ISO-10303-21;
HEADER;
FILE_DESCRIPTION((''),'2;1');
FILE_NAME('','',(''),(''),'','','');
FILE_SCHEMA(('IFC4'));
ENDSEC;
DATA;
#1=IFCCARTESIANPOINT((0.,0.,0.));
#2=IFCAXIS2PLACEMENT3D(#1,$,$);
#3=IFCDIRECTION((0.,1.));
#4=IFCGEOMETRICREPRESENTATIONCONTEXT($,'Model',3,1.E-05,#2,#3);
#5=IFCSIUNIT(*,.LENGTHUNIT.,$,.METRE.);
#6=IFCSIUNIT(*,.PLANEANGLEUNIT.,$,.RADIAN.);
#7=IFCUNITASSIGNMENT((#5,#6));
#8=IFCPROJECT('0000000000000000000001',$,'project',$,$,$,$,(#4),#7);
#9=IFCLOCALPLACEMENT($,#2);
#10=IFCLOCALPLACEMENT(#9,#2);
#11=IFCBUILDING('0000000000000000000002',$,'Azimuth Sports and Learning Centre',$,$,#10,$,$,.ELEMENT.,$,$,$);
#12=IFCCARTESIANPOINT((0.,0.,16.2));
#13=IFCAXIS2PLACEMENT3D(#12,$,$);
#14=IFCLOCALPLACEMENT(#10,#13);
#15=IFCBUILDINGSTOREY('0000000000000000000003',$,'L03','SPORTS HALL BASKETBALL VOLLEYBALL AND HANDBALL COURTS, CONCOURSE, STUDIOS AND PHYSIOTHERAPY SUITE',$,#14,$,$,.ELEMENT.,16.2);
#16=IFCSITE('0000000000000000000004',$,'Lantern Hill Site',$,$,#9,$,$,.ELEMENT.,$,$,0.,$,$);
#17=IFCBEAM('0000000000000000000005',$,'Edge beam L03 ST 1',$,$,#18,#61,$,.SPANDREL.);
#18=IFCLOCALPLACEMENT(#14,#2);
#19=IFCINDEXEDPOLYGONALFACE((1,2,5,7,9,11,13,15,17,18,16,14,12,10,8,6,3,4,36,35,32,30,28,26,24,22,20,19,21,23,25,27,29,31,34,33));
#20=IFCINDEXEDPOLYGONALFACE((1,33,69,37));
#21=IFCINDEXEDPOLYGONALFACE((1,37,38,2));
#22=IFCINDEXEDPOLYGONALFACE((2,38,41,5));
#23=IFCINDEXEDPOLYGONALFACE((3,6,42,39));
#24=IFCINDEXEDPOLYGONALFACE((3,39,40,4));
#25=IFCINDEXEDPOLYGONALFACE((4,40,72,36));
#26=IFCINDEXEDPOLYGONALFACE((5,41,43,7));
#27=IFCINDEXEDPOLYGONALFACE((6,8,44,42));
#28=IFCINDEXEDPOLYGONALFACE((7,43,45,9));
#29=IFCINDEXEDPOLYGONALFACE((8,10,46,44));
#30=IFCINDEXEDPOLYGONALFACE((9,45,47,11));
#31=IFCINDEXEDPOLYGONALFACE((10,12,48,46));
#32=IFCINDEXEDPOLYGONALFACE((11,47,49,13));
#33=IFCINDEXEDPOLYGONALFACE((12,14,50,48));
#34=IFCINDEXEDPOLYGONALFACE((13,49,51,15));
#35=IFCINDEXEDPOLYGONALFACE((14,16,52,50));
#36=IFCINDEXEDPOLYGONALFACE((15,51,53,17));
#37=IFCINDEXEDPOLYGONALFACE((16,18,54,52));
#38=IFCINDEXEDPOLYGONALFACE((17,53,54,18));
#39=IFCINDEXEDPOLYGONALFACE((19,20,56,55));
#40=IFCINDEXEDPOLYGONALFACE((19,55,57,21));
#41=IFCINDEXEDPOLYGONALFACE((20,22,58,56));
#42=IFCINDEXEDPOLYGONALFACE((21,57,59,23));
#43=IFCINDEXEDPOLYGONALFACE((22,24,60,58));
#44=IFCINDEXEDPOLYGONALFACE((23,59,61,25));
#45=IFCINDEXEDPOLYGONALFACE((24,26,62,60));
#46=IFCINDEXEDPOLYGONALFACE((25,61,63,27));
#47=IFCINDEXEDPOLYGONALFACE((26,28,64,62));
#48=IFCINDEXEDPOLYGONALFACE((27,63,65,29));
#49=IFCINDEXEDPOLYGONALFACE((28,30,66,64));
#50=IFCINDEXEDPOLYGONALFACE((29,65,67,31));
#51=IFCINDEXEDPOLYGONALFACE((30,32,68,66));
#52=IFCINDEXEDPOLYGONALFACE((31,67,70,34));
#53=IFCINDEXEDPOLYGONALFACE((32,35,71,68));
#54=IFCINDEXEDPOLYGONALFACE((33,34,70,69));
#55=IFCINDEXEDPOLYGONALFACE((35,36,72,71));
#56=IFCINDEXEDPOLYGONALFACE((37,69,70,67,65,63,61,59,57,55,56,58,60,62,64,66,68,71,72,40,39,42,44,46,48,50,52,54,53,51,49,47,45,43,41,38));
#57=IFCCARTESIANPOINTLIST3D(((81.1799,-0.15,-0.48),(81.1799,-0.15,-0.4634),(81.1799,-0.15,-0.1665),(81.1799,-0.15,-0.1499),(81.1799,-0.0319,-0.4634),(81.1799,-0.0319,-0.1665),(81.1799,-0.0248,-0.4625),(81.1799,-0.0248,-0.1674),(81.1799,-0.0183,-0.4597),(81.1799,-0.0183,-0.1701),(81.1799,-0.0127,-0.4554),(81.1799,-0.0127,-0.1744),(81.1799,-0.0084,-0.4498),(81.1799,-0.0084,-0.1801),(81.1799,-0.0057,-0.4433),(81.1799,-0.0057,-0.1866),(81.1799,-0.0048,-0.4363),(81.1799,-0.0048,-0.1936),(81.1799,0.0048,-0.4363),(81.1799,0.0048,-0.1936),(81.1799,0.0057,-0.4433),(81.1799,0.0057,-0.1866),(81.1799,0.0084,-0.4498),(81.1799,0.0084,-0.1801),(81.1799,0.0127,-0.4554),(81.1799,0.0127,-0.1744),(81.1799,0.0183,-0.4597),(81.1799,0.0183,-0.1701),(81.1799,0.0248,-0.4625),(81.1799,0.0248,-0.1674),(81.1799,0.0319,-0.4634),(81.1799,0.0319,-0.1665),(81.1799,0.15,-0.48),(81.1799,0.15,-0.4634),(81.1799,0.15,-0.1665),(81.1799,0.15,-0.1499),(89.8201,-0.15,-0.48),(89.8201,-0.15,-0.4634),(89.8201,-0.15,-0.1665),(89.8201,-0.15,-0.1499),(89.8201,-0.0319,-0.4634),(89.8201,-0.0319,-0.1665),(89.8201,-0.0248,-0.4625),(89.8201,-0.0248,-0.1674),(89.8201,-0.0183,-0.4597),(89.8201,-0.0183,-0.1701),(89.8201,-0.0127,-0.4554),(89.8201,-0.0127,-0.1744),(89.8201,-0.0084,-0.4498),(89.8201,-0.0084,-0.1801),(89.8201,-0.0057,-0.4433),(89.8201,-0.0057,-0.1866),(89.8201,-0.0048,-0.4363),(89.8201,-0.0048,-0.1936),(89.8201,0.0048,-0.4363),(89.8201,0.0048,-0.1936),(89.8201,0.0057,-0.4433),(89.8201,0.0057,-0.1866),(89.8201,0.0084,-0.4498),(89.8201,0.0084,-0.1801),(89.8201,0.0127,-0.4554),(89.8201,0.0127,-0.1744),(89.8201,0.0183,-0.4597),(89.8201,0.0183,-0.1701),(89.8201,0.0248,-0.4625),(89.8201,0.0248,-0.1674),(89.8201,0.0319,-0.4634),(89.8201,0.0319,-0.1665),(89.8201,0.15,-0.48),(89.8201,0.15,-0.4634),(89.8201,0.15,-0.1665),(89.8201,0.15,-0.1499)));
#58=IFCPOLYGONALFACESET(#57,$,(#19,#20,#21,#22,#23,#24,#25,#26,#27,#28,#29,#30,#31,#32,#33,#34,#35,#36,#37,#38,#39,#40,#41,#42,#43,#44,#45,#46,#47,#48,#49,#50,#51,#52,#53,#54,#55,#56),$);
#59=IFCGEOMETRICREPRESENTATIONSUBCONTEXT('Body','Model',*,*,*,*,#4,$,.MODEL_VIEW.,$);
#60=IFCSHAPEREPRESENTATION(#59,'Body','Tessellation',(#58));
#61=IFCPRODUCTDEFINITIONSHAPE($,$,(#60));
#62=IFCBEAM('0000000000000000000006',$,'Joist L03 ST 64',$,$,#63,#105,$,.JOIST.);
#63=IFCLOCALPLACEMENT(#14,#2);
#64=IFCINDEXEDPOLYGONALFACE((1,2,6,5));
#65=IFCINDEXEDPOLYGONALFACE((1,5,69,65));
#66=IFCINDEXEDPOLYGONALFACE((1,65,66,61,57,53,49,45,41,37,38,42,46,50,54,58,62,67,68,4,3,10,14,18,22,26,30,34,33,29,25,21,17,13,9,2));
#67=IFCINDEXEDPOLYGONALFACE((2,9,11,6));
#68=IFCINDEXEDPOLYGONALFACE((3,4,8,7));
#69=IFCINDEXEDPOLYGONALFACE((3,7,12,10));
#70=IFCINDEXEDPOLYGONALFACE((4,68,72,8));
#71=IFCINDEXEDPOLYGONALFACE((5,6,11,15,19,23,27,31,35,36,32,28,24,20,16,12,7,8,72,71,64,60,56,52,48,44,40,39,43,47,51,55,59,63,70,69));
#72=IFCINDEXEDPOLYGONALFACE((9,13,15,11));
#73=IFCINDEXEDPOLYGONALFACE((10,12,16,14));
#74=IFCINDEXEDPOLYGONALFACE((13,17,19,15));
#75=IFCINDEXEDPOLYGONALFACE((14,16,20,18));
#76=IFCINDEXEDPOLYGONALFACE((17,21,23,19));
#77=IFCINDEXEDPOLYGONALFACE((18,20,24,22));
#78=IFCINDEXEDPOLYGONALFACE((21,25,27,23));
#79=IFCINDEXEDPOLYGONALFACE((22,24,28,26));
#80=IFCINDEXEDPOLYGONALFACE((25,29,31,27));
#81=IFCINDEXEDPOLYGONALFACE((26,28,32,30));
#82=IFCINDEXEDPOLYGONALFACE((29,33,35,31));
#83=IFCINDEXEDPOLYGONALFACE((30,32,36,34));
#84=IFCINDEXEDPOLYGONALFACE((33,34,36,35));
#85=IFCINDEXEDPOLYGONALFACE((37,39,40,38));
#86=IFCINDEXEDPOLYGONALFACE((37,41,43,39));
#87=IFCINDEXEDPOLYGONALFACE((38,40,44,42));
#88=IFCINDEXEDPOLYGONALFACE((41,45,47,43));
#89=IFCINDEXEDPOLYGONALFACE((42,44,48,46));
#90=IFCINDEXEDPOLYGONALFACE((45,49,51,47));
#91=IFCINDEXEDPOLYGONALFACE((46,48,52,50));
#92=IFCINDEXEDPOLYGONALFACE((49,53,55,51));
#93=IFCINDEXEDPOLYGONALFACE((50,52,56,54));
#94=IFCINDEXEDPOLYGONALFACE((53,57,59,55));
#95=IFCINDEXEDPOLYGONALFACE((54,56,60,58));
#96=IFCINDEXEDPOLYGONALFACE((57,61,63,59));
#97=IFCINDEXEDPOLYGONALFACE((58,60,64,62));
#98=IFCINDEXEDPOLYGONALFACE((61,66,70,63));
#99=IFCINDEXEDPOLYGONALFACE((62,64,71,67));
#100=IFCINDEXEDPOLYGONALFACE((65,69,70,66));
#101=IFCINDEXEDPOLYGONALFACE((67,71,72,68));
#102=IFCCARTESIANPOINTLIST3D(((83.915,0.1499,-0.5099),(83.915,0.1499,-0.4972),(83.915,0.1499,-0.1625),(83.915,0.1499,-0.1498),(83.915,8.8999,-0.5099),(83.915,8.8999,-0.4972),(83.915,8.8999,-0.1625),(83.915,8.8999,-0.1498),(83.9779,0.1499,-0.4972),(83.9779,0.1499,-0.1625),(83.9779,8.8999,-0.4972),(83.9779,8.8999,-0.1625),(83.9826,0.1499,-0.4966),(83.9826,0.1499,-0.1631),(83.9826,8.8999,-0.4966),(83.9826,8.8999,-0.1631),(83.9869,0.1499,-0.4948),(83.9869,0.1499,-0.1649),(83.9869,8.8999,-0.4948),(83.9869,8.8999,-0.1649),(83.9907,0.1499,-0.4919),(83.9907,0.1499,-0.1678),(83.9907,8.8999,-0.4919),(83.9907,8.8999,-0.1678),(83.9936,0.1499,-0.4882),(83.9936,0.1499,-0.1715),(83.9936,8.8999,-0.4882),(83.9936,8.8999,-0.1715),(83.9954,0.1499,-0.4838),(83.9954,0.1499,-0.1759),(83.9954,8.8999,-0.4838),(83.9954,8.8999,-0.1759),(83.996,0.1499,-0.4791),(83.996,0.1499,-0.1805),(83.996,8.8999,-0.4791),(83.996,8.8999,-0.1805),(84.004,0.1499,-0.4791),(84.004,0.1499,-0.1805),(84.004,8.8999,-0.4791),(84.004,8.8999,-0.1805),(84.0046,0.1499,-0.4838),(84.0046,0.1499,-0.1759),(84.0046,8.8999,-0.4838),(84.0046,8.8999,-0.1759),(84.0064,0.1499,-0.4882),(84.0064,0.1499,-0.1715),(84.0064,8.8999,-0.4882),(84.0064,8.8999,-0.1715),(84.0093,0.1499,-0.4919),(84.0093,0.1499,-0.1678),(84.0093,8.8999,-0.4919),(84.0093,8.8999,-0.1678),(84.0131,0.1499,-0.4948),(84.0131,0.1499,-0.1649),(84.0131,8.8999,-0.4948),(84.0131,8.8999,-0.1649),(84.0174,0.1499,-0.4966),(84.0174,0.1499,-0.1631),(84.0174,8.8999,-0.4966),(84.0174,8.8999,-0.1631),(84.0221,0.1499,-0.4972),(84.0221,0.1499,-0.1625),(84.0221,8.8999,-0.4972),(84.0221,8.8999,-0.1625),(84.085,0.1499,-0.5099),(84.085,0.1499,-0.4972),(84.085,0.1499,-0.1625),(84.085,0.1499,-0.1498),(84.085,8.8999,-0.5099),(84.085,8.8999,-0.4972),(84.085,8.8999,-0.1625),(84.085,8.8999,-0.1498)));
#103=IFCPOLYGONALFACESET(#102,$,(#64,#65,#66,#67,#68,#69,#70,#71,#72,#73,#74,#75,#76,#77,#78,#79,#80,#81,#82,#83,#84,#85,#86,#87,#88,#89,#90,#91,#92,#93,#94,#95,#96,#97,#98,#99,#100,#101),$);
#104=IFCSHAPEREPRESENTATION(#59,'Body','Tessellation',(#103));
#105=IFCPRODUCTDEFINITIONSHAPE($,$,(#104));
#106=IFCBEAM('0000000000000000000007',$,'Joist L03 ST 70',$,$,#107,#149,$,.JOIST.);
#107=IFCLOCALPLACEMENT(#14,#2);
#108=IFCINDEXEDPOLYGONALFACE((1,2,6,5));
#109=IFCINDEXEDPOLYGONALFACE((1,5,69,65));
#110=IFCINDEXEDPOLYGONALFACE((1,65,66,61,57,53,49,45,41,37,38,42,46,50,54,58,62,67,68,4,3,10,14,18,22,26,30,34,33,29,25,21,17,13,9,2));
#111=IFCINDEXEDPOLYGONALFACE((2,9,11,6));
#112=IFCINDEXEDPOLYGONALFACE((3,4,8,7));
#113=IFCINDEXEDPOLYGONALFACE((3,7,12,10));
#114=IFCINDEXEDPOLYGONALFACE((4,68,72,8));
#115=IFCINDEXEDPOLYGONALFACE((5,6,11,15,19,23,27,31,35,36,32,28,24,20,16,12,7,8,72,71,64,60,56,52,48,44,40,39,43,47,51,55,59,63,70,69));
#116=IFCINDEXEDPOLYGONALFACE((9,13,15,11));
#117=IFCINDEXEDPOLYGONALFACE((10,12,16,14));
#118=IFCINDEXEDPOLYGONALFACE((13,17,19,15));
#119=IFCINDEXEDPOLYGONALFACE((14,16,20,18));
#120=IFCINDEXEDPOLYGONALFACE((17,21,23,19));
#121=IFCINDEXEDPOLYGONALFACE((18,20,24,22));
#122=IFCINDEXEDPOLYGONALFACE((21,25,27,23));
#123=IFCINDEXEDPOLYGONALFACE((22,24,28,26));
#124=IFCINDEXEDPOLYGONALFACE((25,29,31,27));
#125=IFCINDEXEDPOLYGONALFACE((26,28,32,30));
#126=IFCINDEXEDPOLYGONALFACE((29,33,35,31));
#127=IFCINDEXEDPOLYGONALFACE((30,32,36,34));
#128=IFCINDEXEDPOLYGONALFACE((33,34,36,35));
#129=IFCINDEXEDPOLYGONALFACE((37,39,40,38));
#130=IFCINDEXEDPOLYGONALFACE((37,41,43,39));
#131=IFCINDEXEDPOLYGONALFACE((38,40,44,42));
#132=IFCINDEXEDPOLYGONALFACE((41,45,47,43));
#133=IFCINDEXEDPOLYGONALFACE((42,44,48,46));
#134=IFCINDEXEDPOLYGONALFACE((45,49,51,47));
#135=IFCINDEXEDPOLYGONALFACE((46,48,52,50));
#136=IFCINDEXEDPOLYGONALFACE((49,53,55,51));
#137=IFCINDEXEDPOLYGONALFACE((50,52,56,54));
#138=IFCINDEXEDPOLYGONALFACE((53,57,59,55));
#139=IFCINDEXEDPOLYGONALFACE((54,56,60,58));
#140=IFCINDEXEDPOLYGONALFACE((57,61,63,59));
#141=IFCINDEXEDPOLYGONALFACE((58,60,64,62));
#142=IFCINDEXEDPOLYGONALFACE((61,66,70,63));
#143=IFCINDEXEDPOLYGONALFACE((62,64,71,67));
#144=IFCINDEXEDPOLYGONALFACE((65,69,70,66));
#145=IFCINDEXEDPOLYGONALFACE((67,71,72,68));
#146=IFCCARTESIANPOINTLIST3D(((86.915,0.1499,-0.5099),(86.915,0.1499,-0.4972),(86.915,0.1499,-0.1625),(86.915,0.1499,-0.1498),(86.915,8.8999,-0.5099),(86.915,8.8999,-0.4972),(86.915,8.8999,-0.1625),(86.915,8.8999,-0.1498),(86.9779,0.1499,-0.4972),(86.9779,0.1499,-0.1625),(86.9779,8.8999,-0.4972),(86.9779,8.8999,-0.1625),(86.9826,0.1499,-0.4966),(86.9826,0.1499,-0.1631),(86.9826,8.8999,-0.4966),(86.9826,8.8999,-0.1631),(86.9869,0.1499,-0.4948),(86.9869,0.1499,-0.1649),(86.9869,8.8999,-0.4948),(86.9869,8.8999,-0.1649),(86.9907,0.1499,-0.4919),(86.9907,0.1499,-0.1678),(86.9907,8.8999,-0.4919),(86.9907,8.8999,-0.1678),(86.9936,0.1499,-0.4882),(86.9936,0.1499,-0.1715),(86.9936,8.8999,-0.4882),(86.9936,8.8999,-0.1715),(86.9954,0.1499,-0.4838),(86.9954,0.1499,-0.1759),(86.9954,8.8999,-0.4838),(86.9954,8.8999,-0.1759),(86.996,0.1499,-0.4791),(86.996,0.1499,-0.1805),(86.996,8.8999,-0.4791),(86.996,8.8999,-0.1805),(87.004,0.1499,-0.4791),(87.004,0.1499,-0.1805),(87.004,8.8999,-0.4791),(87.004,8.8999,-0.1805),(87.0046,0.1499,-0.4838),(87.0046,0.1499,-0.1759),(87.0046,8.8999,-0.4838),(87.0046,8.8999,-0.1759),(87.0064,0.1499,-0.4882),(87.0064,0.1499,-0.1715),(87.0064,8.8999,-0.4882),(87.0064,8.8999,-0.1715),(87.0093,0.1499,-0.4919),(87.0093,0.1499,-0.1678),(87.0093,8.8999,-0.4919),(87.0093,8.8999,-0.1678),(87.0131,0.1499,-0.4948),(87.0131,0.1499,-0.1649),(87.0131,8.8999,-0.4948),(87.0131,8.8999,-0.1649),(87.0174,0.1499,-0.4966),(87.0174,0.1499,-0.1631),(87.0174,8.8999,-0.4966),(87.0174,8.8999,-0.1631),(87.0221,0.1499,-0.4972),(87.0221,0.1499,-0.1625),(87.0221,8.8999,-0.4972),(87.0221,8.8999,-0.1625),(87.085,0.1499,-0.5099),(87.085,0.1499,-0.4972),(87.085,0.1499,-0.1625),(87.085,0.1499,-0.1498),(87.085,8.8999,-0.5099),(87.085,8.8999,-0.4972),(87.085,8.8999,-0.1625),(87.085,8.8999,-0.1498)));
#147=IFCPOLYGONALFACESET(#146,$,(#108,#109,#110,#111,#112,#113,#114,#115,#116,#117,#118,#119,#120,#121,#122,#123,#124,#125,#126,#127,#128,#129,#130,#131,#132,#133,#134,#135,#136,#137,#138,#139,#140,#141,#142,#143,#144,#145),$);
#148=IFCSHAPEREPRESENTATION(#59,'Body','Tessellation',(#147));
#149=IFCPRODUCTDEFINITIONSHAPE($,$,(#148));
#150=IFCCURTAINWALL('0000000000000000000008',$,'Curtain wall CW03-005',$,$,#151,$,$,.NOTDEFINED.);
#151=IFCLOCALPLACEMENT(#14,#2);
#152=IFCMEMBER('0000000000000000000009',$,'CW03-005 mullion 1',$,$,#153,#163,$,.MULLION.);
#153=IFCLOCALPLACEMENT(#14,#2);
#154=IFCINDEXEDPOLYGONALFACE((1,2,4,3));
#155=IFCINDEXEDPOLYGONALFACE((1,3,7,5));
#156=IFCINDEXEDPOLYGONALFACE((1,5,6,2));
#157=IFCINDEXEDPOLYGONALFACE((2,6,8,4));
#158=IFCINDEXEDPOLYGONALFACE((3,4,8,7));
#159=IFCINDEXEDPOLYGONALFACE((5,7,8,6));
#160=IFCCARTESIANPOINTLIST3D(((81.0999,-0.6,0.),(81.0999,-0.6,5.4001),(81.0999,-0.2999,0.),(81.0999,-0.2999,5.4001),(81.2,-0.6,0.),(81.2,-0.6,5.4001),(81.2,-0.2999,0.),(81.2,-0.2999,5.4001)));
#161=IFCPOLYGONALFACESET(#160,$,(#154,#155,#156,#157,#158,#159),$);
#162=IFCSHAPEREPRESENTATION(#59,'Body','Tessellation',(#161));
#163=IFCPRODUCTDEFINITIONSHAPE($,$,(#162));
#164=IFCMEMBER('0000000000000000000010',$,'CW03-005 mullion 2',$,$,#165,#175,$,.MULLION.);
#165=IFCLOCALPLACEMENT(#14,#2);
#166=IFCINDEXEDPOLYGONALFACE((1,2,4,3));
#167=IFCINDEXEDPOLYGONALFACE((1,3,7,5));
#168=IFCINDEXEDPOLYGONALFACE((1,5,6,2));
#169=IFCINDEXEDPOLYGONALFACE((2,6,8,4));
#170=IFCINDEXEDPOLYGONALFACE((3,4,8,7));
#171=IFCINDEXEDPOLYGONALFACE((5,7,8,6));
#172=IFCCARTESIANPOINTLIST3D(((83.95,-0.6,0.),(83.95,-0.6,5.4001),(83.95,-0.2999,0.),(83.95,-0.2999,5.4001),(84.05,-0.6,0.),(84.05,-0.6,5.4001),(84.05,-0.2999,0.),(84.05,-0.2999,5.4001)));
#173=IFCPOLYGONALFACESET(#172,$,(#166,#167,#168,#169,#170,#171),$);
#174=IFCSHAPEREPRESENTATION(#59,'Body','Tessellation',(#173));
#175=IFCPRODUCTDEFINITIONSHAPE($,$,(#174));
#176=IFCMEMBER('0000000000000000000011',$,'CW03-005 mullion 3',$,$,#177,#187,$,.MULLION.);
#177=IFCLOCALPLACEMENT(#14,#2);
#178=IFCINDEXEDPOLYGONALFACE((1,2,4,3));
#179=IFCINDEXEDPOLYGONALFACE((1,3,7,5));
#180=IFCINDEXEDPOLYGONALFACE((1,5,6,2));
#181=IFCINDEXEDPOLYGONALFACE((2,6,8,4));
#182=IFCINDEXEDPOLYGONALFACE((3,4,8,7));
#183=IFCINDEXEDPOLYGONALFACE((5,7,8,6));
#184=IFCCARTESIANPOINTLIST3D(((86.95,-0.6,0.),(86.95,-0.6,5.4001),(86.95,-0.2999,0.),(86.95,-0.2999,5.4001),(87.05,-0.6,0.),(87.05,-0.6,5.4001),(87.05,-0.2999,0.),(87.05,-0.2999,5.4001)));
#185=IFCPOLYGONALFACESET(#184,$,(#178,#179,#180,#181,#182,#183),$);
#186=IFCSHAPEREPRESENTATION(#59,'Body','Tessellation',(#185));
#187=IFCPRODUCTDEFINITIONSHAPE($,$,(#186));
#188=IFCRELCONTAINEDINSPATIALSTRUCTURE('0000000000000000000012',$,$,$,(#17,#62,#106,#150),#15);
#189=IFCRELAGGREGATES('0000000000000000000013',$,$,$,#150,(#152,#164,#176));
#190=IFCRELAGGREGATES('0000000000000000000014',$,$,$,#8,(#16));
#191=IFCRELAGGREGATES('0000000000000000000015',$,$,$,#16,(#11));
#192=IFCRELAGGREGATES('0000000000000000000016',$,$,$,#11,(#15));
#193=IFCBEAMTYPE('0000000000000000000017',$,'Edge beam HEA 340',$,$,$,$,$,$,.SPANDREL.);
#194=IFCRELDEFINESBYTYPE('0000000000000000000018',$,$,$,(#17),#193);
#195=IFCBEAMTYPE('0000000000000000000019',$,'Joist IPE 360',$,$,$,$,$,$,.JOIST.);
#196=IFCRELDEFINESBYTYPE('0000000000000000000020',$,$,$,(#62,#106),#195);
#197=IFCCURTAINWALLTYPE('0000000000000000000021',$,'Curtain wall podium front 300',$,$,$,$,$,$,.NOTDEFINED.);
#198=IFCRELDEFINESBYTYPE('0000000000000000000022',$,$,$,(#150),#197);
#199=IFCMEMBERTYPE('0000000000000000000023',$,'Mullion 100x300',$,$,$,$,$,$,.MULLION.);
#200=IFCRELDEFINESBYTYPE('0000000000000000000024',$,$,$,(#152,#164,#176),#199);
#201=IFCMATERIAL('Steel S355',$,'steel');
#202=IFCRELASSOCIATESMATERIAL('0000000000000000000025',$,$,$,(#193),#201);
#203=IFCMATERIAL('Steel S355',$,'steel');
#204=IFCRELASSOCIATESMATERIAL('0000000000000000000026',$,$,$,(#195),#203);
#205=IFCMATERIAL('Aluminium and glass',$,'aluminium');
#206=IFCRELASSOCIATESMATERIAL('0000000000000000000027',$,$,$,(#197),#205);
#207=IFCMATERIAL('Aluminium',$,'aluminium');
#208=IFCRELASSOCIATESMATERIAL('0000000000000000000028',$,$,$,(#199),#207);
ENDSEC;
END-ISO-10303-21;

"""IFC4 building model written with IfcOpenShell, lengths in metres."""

from ifc_helpers import new_model, si_unit, direction, frame, origin, origin_2d, place, context, subcontext, project, spatial, rectangle, i_section, extrude, material, material_profile, profile_set, type_object, element, aggregate, save


model = new_model("IFC4")

# Units and contexts
model_context = context("Model", 3, precision=1e-05, world=origin(), true_north=direction((0.0, 1.0)))
body_context = subcontext(model_context, "Body", "Model", "MODEL_VIEW")
ifc_project = project(units=[si_unit("LENGTHUNIT", "METRE"), si_unit("PLANEANGLEUNIT", "RADIAN")], contexts=[model_context])

# Site, building, storey
site_placement = place(None, origin())
site = spatial("IfcSite", under=ifc_project, at=site_placement, Name="Lantern Hill Site", CompositionType="ELEMENT", RefElevation=0.0)
building_placement = place(site_placement, origin())
building = spatial("IfcBuilding", under=site, at=building_placement, Name="Azimuth Sports and Learning Centre", CompositionType="ELEMENT")
storey_placement = place(building_placement, frame((0.0, 0.0, 16.2)))
storey = spatial("IfcBuildingStorey", under=building, at=storey_placement, Name="L03", Description="SPORTS HALL BASKETBALL VOLLEYBALL AND HANDBALL COURTS, CONCOURSE, STUDIOS AND PHYSIOTHERAPY SUITE", CompositionType="ELEMENT", Elevation=16.2)

# Beams
ifc_material_1 = material(Name="Steel S355", Category="steel")
ifc_material_profile_1 = material_profile(ifc_material_1, i_section(OverallWidth=0.3, OverallDepth=0.3301, WebThickness=0.0095, FlangeThickness=0.0166, FilletRadius=0.0271, at=origin_2d()), Name="HEA 340")
ifc_profile_set_1 = profile_set([ifc_material_profile_1], Name="Steel S355")
beam_type_1 = type_object("IfcBeamType", Name="Edge beam HEA 340", PredefinedType="SPANDREL", material=ifc_profile_set_1)
beam_placement = place(storey_placement, frame((81.1799, 0.0, -0.3149), z_axis=(1.0, 0.0, 0.0), x_axis=(0.0, 1.0, 0.0)))
element("IfcBeam", 1, at=beam_placement, inside=storey, type_object=beam_type_1, Name="Edge beam L03 ST 1", PredefinedType="SPANDREL", context=body_context, shape_type="SweptSolid", body=[
    extrude(i_section(OverallWidth=0.3, OverallDepth=0.3301, WebThickness=0.0095, FlangeThickness=0.0166, FilletRadius=0.0271, at=origin_2d()), origin(), (0.0, 0.0, 1.0), 8.6401),
])
ifc_material_2 = material(Name="Steel S355", Category="steel")
ifc_material_profile_2 = material_profile(ifc_material_2, i_section(OverallWidth=0.1699, OverallDepth=0.3601, WebThickness=0.0081, FlangeThickness=0.0127, FilletRadius=0.0181, at=origin_2d()), Name="IPE 360")
ifc_profile_set_2 = profile_set([ifc_material_profile_2], Name="Steel S355")
beam_type_2 = type_object("IfcBeamType", Name="Joist IPE 360", PredefinedType="JOIST", material=ifc_profile_set_2)
for number, where, z_axis, x_axis, name in (
    (2, (84.0, 0.1499, -0.3298), (0.0, 1.0, 0.0), (-1.0, 0.0, 0.0), "Joist L03 ST 64"),
    (3, (87.0, 0.1499, -0.3298), (0.0, 1.0, 0.0), (-1.0, 0.0, 0.0), "Joist L03 ST 70"),
):
    element("IfcBeam", number, at=place(storey_placement, frame(where, z_axis=z_axis, x_axis=x_axis)), inside=storey, type_object=beam_type_2, Name=name, PredefinedType="JOIST", context=body_context, shape_type="SweptSolid", body=[
        extrude(i_section(OverallWidth=0.1699, OverallDepth=0.3601, WebThickness=0.0081, FlangeThickness=0.0127, FilletRadius=0.0181, at=origin_2d()), origin(), (0.0, 0.0, 1.0), 8.75),
    ])

# Curtain wall, members
ifc_material_3 = material(Name="Aluminium and glass", Category="aluminium")
curtain_wall_type = type_object("IfcCurtainWallType", Name="Curtain wall podium front 300", PredefinedType="NOTDEFINED", material=ifc_material_3)
curtain_wall_placement = place(storey_placement, origin())
curtain_wall = element("IfcCurtainWall", 4, at=curtain_wall_placement, inside=storey, type_object=curtain_wall_type, Name="Curtain wall CW03-005", PredefinedType="NOTDEFINED")
ifc_material_4 = material(Name="Aluminium", Category="aluminium")
ifc_material_profile_3 = material_profile(ifc_material_4, rectangle(XDim=0.3, YDim=0.1001, at=origin_2d()), Name="Mullion 100x300")
ifc_profile_set_3 = profile_set([ifc_material_profile_3], Name="Aluminium")
member_type_1 = type_object("IfcMemberType", Name="Mullion 100x300", PredefinedType="MULLION", material=ifc_profile_set_3)
member_1_placement = place(storey_placement, frame((81.1499, -0.45, 0.0), z_axis=(0.0, 0.0, 1.0), x_axis=(0.0, 1.0, 0.0)))
member_1 = element("IfcMember", 5, at=member_1_placement, type_object=member_type_1, Name="CW03-005 mullion 1", PredefinedType="MULLION", context=body_context, shape_type="SweptSolid", body=[
    extrude(rectangle(XDim=0.3, YDim=0.1001, at=origin_2d()), origin(), (0.0, 0.0, 1.0), 5.4001),
])
member_2_placement = place(storey_placement, frame((84.0, -0.45, 0.0), z_axis=(0.0, 0.0, 1.0), x_axis=(0.0, 1.0, 0.0)))
member_2 = element("IfcMember", 6, at=member_2_placement, type_object=member_type_1, Name="CW03-005 mullion 2", PredefinedType="MULLION", context=body_context, shape_type="SweptSolid", body=[
    extrude(rectangle(XDim=0.3, YDim=0.1001, at=origin_2d()), origin(), (0.0, 0.0, 1.0), 5.4001),
])
member_3_placement = place(storey_placement, frame((87.0, -0.45, 0.0), z_axis=(0.0, 0.0, 1.0), x_axis=(0.0, 1.0, 0.0)))
member_3 = element("IfcMember", 7, at=member_3_placement, type_object=member_type_1, Name="CW03-005 mullion 3", PredefinedType="MULLION", context=body_context, shape_type="SweptSolid", body=[
    extrude(rectangle(XDim=0.3, YDim=0.1001, at=origin_2d()), origin(), (0.0, 0.0, 1.0), 5.4001),
])
aggregate(curtain_wall, [member_1, member_2, member_3])

save(model, "model.ifc")
